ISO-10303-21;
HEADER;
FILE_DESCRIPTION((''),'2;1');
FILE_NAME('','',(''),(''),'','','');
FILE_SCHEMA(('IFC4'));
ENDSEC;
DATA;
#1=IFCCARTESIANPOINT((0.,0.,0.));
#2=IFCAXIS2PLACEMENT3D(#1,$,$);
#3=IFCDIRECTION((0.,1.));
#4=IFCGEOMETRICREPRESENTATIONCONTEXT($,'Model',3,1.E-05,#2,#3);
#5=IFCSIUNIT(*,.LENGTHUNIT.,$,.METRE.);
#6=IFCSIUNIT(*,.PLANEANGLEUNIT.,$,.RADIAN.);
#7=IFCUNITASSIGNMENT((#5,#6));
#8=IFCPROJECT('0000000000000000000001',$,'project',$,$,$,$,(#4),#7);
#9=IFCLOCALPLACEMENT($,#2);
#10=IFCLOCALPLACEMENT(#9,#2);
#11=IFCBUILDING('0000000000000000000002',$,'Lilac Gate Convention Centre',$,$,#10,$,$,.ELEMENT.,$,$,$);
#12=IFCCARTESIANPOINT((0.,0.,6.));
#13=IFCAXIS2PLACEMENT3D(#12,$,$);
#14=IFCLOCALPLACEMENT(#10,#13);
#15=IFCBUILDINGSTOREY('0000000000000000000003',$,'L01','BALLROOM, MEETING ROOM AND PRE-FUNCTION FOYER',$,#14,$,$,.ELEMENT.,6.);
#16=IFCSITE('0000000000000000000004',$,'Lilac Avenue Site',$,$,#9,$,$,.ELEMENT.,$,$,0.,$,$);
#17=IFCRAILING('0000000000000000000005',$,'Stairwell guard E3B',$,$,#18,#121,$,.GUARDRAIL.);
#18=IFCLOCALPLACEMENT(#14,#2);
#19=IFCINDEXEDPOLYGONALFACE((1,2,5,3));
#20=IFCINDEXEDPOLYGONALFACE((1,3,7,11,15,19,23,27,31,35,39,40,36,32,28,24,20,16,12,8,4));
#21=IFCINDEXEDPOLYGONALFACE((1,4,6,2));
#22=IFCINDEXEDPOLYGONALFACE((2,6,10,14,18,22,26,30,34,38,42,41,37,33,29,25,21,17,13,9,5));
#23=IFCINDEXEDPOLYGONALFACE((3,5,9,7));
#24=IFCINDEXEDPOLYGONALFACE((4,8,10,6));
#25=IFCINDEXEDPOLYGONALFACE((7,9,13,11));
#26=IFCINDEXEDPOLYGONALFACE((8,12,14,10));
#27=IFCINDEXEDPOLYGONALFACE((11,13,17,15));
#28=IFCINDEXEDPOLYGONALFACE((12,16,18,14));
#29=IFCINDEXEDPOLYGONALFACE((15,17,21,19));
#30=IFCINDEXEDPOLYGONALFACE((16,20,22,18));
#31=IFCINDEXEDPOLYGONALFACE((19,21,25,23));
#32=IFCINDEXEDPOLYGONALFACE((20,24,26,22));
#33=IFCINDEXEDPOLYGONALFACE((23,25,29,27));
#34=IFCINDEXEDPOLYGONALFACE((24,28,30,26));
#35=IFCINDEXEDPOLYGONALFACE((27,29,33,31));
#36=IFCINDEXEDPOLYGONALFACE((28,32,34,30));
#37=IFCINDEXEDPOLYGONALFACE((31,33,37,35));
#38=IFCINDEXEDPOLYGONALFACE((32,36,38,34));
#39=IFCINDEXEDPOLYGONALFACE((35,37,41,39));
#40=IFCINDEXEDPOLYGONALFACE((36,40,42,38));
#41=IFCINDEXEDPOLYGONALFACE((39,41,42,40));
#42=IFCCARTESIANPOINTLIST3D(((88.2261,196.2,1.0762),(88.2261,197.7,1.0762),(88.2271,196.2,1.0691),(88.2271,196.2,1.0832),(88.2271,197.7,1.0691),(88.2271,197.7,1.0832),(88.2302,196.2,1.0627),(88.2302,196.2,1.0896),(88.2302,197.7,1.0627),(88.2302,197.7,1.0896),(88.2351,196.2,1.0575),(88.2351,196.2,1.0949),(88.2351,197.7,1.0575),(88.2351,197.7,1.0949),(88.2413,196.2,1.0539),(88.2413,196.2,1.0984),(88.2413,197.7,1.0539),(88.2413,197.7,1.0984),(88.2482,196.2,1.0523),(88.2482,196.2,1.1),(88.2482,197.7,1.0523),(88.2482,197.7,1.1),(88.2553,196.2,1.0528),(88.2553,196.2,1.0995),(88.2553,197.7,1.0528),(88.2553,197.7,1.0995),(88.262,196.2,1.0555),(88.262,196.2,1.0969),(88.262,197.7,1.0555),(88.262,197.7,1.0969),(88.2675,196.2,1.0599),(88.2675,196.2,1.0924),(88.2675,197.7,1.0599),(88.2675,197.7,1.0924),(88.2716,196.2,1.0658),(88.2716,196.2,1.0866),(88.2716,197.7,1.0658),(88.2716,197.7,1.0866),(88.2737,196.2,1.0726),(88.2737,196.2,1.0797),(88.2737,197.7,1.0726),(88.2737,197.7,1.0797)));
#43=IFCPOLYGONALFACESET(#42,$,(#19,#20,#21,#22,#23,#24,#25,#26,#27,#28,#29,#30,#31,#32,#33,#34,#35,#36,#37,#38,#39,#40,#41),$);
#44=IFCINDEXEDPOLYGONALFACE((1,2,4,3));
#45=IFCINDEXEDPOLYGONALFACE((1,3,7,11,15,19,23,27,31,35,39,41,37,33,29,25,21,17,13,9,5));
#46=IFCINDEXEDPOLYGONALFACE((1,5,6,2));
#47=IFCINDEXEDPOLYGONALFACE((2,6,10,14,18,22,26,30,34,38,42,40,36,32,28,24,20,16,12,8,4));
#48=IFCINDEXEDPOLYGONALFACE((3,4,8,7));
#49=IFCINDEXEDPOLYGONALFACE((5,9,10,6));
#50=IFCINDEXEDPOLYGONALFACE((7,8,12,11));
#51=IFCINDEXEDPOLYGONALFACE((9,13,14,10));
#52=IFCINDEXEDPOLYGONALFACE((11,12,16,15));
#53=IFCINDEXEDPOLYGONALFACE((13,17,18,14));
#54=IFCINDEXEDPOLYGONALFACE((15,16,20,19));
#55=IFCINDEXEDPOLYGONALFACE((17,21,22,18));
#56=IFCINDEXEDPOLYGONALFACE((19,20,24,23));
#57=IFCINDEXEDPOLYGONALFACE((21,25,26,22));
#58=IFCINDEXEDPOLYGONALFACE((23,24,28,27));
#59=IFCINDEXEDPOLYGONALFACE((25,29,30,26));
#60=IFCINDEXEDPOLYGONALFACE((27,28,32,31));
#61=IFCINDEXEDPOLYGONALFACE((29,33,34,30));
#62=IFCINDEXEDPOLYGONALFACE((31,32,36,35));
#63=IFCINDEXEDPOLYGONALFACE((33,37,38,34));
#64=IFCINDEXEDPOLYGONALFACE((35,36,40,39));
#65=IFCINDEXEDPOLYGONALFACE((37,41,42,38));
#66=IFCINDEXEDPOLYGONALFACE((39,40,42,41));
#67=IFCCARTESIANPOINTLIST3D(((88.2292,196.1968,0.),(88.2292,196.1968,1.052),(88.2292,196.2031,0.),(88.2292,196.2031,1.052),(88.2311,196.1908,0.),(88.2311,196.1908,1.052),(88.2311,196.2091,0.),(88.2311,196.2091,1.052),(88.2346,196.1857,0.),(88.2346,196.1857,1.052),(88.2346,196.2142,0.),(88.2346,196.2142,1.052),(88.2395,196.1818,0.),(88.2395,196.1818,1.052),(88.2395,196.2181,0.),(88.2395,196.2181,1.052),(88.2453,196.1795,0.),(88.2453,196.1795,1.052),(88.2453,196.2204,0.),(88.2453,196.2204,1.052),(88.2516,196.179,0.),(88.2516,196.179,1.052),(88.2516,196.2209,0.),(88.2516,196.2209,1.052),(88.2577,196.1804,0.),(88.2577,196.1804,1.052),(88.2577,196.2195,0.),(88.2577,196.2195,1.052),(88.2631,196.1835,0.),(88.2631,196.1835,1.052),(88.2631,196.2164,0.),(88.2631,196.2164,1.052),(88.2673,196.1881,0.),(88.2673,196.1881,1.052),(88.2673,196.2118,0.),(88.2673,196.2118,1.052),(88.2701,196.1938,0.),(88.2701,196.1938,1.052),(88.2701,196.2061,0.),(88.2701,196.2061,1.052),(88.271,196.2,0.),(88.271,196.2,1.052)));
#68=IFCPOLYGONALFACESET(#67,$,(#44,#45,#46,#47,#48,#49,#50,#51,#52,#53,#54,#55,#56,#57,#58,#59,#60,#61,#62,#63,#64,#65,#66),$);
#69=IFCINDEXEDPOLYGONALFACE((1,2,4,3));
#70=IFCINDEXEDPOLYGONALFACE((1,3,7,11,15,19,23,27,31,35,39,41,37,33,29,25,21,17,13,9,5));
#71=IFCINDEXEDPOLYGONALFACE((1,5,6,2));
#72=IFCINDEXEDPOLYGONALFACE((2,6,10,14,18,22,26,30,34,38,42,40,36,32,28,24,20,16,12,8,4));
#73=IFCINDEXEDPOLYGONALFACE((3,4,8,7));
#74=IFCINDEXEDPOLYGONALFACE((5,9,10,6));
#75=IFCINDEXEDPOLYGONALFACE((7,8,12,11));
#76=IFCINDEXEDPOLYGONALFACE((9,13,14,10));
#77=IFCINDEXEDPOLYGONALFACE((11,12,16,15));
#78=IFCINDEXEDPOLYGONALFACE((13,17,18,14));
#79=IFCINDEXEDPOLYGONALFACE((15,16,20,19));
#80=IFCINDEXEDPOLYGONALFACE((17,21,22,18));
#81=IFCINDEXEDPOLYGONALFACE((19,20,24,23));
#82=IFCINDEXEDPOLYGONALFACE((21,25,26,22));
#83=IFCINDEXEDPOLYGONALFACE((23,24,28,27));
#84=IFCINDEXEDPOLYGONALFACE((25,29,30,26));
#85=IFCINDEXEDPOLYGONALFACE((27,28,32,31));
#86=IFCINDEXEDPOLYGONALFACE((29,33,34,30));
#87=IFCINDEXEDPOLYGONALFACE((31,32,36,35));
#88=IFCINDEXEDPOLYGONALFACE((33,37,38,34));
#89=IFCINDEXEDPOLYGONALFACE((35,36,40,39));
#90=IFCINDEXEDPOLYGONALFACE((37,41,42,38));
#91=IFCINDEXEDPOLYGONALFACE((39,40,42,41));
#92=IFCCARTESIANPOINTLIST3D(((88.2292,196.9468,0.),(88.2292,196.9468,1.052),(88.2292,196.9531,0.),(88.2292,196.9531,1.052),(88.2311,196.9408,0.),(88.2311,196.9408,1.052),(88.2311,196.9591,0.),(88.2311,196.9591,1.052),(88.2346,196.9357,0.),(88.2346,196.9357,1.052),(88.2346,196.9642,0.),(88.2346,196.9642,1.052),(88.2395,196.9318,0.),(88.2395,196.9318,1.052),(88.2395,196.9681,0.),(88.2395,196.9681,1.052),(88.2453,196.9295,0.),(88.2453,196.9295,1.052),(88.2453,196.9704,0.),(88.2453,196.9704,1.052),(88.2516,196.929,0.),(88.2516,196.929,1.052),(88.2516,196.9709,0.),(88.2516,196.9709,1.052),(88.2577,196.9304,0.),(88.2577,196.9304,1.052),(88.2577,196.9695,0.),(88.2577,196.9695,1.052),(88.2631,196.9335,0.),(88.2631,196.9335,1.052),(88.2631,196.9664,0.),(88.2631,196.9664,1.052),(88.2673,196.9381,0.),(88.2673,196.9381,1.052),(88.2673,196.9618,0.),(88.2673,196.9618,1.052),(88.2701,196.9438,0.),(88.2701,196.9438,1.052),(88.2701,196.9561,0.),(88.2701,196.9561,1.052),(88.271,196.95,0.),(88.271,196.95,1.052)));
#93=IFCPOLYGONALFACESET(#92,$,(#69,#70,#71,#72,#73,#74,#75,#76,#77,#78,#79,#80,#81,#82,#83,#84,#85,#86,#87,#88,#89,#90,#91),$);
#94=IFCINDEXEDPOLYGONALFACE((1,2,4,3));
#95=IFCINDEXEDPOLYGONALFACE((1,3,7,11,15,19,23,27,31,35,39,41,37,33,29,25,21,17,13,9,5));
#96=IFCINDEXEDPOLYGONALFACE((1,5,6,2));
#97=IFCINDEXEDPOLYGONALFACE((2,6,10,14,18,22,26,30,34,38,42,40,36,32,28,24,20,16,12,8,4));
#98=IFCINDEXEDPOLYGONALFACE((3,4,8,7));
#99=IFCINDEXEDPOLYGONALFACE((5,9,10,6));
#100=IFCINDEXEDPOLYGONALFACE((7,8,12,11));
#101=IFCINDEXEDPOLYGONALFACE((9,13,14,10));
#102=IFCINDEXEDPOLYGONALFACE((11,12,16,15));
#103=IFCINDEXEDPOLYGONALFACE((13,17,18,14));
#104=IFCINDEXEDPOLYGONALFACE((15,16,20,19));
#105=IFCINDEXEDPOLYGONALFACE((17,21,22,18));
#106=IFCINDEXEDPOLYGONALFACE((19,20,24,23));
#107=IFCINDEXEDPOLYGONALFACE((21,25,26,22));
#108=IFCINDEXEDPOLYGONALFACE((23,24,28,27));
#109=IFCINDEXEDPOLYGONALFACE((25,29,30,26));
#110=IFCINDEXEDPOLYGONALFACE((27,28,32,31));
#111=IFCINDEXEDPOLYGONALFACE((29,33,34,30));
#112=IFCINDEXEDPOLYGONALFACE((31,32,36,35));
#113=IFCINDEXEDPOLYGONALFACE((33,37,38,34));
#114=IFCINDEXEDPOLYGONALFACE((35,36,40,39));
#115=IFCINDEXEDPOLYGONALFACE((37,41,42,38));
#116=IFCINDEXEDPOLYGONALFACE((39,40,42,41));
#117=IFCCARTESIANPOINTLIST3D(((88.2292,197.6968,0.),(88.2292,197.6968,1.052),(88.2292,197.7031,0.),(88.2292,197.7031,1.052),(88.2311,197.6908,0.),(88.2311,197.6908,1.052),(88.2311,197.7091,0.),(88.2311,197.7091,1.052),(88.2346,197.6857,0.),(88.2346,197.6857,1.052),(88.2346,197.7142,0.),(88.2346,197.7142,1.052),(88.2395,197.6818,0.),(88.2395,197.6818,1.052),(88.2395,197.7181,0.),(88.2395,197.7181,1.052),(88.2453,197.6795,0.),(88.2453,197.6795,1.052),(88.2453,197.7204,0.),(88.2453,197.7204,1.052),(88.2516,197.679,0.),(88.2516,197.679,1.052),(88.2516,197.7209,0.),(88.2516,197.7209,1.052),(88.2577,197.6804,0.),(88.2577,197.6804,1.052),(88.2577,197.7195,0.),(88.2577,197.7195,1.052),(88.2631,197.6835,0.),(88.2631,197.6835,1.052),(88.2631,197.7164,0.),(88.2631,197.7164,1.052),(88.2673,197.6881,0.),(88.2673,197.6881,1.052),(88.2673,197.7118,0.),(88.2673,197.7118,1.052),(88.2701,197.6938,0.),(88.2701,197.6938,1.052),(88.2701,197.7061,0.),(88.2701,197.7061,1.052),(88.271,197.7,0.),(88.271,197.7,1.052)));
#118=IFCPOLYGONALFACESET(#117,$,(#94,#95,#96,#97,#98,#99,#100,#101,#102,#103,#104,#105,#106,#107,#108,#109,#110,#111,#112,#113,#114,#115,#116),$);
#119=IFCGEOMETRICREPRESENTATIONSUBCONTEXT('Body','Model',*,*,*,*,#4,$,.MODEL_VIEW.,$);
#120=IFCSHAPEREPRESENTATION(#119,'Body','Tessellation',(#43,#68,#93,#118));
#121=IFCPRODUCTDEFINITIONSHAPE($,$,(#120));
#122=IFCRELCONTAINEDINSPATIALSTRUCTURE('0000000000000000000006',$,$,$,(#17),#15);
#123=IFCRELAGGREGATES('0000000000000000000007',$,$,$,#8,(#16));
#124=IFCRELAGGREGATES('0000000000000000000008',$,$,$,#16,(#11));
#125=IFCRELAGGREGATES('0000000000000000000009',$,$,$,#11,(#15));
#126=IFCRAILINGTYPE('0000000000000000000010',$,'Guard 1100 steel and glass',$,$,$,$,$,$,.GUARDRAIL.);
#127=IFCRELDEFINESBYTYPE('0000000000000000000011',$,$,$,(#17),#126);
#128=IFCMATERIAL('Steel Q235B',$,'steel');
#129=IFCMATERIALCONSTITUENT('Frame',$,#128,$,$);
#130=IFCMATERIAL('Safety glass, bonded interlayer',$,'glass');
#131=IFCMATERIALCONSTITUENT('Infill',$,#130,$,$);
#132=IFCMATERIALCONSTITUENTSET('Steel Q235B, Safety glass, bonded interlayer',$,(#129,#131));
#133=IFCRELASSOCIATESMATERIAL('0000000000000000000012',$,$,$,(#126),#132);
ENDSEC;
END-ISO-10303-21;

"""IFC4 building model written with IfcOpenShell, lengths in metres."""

from ifc_helpers import new_model, si_unit, direction, frame, origin, origin_2d, place, context, subcontext, project, spatial, circle, extrude, material, constituent, constituent_set, type_object, element, save


model = new_model("IFC4")

# Units and contexts
model_context = context("Model", 3, precision=1e-05, world=origin(), true_north=direction((0.0, 1.0)))
body_context = subcontext(model_context, "Body", "Model", "MODEL_VIEW")
ifc_project = project(units=[si_unit("LENGTHUNIT", "METRE"), si_unit("PLANEANGLEUNIT", "RADIAN")], contexts=[model_context])

# Site, building, storey
site_placement = place(None, origin())
site = spatial("IfcSite", under=ifc_project, at=site_placement, Name="Lilac Avenue Site", CompositionType="ELEMENT", RefElevation=0.0)
building_placement = place(site_placement, origin())
building = spatial("IfcBuilding", under=site, at=building_placement, Name="Lilac Gate Convention Centre", CompositionType="ELEMENT")
storey_placement = place(building_placement, frame((0.0, 0.0, 6.0)))
storey = spatial("IfcBuildingStorey", under=building, at=storey_placement, Name="L01", Description="BALLROOM, MEETING ROOM AND PRE-FUNCTION FOYER", CompositionType="ELEMENT", Elevation=6.0)

# Railing
ifc_material_1 = material(Name="Steel Q235B", Category="steel")
ifc_constituent_1 = constituent(ifc_material_1, Name="Frame")
ifc_material_2 = material(Name="Safety glass, bonded interlayer", Category="glass")
ifc_constituent_2 = constituent(ifc_material_2, Name="Infill")
ifc_constituent_set = constituent_set(constituents=[ifc_constituent_1, ifc_constituent_2], Name="Steel Q235B, Safety glass, bonded interlayer")
railing_type = type_object("IfcRailingType", Name="Guard 1100 steel and glass", PredefinedType="GUARDRAIL", material=ifc_constituent_set)
railing_placement = place(storey_placement, frame((88.25, 196.2, 0.0)))
element("IfcRailing", 1, at=railing_placement, inside=storey, type_object=railing_type, Name="Stairwell guard E3B", PredefinedType="GUARDRAIL", context=body_context, shape_type="SweptSolid", body=[
    extrude(circle(Radius=0.0239, at=origin_2d()), frame((0.0, 0.0, 1.0762), z_axis=(0.0, 1.0, 0.0), x_axis=(-1.0, 0.0, 0.0)), (0.0, 0.0, 1.0), 1.5),
    extrude(circle(Radius=0.021, at=origin_2d()), origin(), (0.0, 0.0, 1.0), 1.052),
    extrude(circle(Radius=0.021, at=origin_2d()), frame((0.0, 0.75, 0.0)), (0.0, 0.0, 1.0), 1.052),
    extrude(circle(Radius=0.021, at=origin_2d()), frame((0.0, 1.5, 0.0)), (0.0, 0.0, 1.0), 1.052),
])

save(model, "model.ifc")
